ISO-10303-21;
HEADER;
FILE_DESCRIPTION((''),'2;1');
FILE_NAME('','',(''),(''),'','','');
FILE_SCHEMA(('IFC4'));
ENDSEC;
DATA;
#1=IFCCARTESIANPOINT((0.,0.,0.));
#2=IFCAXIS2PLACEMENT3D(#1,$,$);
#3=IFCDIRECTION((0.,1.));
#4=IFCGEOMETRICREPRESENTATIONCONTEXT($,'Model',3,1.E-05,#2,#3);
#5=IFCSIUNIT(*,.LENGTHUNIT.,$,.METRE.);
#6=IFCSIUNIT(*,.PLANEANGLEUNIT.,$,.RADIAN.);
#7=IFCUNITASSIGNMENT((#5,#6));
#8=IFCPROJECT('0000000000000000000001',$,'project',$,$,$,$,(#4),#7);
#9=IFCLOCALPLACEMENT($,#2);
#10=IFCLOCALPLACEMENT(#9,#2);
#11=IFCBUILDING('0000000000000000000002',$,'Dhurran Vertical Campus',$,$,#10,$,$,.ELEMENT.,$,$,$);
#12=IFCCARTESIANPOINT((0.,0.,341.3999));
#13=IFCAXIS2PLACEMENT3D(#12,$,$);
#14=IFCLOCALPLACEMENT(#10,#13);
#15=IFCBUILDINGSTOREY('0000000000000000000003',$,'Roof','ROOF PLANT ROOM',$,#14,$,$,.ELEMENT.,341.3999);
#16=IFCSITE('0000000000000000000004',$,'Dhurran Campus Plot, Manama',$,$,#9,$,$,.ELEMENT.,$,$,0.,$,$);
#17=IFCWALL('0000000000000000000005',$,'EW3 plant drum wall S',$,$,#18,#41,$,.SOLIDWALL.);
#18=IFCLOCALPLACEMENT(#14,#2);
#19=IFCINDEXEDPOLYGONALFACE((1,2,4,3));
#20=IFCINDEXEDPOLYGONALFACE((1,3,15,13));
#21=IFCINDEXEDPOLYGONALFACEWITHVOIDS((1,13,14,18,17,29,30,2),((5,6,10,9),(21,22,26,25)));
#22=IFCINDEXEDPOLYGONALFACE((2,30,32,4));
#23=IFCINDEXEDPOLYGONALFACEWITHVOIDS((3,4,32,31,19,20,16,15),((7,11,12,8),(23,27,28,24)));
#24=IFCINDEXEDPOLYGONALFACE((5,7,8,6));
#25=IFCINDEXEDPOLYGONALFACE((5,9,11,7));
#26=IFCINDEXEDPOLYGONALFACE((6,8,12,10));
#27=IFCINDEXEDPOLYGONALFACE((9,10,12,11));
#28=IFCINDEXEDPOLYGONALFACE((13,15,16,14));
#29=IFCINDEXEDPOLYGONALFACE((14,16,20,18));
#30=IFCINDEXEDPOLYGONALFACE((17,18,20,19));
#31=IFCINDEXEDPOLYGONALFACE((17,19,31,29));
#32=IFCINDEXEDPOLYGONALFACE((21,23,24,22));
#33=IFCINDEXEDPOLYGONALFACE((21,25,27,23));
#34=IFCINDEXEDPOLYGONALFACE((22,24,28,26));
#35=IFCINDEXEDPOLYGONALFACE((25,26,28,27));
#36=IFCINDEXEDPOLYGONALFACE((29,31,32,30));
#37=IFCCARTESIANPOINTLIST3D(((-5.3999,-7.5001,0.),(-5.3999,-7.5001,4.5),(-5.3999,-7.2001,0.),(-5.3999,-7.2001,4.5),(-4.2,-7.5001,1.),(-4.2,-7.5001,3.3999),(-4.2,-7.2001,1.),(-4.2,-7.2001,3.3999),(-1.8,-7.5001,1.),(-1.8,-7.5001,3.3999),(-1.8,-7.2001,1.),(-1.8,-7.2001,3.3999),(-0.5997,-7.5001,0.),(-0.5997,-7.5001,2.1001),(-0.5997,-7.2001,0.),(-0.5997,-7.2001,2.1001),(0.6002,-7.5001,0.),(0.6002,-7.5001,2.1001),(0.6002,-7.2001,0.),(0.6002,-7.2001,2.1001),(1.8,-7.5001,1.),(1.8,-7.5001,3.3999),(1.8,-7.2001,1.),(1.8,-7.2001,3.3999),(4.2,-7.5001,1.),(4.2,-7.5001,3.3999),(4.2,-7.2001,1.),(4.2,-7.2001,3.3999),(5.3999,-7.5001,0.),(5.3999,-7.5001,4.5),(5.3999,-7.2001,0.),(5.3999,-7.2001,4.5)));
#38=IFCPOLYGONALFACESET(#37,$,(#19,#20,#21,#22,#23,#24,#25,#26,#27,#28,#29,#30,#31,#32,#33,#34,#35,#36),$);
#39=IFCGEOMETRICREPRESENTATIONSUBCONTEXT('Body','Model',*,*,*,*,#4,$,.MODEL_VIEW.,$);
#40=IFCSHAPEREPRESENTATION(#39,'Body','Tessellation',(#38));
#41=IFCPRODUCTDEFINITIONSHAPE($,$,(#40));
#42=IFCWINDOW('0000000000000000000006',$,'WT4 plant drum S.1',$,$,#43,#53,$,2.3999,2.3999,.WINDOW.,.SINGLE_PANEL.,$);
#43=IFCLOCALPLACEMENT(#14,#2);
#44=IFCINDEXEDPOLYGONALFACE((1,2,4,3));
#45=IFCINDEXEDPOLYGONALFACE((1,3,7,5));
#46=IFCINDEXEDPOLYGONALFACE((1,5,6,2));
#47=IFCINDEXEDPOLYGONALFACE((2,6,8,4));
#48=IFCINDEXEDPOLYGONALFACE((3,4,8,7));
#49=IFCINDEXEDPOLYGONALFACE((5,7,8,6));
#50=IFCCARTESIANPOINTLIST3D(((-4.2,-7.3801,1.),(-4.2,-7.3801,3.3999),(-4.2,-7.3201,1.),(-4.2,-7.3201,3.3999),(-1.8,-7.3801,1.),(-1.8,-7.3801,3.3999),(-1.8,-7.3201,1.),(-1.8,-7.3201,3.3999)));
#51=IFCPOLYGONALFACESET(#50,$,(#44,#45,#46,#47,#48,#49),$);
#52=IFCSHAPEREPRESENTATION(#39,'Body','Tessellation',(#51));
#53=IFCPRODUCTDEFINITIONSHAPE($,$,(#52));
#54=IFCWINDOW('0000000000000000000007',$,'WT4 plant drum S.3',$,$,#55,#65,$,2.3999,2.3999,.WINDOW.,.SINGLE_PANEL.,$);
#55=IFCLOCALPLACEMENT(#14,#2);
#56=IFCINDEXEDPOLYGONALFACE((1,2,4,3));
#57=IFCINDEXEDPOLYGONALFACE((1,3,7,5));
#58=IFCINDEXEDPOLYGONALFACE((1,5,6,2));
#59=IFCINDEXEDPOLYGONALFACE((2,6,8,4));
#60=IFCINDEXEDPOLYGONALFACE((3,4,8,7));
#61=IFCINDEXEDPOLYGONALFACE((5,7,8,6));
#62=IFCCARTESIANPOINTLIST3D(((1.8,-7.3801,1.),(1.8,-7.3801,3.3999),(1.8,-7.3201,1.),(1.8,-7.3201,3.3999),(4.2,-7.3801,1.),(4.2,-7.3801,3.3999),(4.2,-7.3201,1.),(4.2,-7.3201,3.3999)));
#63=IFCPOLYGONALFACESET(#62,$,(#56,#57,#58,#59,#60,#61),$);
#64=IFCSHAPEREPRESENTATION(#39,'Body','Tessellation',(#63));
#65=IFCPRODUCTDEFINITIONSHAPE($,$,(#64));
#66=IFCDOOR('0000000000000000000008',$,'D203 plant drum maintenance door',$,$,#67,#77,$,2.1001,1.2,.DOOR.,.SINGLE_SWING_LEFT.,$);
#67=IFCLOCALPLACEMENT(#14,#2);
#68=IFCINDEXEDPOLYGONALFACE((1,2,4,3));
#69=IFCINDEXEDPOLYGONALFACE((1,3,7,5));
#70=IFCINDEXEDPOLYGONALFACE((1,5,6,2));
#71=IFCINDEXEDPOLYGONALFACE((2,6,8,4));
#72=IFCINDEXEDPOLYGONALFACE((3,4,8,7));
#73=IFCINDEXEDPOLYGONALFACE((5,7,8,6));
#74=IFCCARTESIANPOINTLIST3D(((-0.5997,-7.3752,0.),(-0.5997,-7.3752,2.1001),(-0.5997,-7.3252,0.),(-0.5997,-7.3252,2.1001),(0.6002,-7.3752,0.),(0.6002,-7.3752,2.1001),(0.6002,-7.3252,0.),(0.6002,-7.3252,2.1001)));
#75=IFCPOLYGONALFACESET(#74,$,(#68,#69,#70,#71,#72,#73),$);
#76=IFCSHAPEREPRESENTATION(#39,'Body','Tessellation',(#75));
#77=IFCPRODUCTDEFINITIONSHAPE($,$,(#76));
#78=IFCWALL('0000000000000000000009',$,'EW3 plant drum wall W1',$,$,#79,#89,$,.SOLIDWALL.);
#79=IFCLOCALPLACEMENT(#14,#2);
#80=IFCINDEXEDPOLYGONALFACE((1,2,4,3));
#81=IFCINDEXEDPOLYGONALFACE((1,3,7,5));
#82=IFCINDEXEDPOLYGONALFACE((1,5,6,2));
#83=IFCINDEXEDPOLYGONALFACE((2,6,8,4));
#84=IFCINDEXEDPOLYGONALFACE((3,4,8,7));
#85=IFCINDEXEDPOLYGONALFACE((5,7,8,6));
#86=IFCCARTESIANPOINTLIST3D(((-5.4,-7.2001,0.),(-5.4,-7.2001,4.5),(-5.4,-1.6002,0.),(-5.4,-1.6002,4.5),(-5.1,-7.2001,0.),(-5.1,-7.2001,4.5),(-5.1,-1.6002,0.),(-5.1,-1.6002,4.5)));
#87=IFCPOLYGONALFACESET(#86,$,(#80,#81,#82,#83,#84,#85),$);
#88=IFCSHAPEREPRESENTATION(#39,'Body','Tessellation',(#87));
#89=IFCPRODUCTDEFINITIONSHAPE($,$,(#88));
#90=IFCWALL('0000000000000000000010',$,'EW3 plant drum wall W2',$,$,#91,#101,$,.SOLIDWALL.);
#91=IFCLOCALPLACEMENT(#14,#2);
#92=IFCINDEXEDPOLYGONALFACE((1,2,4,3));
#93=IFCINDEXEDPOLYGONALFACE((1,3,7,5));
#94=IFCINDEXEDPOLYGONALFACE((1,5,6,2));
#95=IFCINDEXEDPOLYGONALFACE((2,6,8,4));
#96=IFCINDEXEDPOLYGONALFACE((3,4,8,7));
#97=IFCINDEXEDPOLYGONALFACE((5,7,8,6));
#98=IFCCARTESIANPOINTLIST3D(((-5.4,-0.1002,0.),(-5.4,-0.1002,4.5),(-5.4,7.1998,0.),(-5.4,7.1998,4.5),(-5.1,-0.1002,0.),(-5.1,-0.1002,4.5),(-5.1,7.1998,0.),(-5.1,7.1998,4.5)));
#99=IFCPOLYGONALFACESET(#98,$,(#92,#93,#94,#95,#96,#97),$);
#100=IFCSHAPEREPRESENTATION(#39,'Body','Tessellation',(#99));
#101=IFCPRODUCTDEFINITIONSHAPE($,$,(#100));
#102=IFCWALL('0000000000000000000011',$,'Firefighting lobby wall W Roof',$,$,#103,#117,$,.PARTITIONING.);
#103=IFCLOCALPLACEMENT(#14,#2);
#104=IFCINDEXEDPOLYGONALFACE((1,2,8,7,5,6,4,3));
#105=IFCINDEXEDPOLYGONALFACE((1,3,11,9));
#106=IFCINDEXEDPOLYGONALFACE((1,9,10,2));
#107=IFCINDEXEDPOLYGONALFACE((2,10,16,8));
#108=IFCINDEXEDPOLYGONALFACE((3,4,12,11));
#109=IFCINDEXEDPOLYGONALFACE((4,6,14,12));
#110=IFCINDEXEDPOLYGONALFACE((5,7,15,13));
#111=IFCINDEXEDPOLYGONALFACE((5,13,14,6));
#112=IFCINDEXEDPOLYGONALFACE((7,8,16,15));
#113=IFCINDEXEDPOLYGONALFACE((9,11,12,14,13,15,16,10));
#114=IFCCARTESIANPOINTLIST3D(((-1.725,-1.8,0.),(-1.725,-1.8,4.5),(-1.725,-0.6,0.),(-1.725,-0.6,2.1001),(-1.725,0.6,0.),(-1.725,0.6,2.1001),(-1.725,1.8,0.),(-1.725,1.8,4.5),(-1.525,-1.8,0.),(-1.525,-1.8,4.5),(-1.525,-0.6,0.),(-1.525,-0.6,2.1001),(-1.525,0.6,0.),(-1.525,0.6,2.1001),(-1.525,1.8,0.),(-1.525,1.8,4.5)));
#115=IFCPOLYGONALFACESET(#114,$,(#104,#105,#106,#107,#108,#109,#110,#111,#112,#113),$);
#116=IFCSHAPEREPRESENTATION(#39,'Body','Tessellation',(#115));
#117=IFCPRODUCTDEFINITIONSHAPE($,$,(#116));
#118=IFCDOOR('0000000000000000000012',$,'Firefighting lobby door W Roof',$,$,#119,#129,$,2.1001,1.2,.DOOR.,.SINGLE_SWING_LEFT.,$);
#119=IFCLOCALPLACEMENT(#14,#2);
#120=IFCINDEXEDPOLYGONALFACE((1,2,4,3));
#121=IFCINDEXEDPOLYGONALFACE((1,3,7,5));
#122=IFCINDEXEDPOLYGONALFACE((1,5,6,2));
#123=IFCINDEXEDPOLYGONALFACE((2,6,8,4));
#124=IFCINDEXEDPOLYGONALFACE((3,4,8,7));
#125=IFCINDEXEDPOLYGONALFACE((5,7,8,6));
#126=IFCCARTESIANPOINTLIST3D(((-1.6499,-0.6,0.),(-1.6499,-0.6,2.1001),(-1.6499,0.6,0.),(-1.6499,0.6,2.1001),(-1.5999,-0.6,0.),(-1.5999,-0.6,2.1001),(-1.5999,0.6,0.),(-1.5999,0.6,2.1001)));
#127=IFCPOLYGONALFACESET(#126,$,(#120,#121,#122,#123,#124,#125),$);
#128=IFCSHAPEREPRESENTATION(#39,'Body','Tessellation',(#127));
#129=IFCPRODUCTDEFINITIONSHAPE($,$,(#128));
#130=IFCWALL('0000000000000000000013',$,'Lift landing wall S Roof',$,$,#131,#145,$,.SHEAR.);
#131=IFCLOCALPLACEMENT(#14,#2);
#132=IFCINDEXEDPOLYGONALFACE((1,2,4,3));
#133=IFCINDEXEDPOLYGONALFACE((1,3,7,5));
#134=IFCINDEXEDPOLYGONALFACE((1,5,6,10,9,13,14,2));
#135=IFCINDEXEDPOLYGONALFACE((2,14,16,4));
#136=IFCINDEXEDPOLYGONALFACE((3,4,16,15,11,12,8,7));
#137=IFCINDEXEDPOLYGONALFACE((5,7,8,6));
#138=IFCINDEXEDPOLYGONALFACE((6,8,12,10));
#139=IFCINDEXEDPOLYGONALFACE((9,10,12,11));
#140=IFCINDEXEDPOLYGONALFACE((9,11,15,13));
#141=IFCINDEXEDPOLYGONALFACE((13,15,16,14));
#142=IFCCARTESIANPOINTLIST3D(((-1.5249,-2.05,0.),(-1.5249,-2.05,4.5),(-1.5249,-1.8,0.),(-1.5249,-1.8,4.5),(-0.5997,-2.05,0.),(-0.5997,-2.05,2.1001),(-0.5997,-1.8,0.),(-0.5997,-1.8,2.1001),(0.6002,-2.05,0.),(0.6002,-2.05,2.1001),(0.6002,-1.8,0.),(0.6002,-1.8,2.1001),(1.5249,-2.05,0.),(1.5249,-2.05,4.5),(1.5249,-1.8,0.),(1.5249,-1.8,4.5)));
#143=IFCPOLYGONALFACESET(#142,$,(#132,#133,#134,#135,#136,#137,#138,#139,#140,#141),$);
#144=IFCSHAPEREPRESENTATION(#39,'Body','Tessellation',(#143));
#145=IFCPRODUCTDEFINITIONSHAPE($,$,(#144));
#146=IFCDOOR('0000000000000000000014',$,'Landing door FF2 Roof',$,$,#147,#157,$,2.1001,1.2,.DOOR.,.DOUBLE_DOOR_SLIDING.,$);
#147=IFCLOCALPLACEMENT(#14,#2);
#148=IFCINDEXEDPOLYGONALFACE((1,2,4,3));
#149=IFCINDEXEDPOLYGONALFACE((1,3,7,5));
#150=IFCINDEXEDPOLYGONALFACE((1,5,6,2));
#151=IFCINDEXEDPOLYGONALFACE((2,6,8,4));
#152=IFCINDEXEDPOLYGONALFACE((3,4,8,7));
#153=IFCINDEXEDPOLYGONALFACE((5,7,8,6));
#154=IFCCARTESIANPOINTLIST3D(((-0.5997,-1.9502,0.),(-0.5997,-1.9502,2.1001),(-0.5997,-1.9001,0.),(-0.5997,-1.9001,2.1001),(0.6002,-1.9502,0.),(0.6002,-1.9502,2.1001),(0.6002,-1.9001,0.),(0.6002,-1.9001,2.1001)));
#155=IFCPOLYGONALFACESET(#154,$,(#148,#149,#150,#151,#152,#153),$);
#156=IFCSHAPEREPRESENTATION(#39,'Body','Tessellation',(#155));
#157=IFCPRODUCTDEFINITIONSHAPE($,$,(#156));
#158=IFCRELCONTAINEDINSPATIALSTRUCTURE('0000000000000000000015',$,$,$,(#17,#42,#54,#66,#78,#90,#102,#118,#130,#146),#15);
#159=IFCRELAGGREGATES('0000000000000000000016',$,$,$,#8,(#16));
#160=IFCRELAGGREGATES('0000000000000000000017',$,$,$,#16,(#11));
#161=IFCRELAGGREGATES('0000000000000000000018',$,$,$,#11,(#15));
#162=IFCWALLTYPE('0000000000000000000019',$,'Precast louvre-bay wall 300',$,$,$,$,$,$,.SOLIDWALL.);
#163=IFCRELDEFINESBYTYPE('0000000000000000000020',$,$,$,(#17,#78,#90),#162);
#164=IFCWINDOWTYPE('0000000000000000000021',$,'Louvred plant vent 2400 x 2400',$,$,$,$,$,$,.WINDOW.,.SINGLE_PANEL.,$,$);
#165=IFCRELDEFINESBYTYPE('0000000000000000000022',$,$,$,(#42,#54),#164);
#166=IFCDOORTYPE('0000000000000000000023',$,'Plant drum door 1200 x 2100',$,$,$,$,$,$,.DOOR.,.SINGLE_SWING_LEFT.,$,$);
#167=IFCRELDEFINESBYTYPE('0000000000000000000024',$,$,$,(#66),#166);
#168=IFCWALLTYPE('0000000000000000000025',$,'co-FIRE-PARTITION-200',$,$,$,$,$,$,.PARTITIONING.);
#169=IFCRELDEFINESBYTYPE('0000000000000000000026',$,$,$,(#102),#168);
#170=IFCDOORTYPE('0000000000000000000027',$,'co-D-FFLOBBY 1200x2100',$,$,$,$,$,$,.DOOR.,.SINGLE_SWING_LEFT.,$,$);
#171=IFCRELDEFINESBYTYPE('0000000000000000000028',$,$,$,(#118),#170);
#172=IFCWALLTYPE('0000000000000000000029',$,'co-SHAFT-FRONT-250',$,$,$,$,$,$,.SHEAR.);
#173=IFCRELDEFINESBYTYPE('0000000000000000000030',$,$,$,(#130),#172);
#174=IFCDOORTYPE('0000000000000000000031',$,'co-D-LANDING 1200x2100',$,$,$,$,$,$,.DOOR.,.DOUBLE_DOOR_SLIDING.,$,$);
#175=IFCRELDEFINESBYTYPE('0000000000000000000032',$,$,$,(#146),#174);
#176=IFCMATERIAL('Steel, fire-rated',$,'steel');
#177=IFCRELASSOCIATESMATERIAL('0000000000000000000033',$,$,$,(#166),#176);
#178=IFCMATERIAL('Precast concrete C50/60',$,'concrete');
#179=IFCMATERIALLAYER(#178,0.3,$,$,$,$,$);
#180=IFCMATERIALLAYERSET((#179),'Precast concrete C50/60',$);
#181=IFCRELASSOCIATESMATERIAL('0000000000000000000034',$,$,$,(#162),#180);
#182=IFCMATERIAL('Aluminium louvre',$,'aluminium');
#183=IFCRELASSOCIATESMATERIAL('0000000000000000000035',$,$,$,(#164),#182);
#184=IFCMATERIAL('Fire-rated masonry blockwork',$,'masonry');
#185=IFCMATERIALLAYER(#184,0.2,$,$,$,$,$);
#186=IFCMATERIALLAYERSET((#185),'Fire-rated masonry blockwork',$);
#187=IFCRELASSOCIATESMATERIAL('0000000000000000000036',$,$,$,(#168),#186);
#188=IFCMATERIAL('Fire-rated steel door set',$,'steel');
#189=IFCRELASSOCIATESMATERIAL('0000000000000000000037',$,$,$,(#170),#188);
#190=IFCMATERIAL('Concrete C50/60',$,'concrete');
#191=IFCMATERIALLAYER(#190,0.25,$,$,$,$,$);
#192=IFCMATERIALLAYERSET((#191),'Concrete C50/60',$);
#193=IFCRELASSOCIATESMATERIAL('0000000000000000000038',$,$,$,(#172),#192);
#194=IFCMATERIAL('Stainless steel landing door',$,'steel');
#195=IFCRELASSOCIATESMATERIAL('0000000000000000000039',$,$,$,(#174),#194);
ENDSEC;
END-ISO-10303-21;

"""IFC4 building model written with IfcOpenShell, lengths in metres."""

from ifc_helpers import new_model, si_unit, direction, frame, frame_2d, origin, place, context, subcontext, project, spatial, rectangle, extrude, material, layer, layer_set, type_object, element, fill, save


model = new_model("IFC4")

# Units and contexts
model_context = context("Model", 3, precision=1e-05, world=origin(), true_north=direction((0.0, 1.0)))
body_context = subcontext(model_context, "Body", "Model", "MODEL_VIEW")
ifc_project = project(units=[si_unit("LENGTHUNIT", "METRE"), si_unit("PLANEANGLEUNIT", "RADIAN")], contexts=[model_context])

# Site, building, storey
site_placement = place(None, origin())
site = spatial("IfcSite", under=ifc_project, at=site_placement, Name="Dhurran Campus Plot, Manama", CompositionType="ELEMENT", RefElevation=0.0)
building_placement = place(site_placement, origin())
building = spatial("IfcBuilding", under=site, at=building_placement, Name="Dhurran Vertical Campus", CompositionType="ELEMENT")
storey_placement = place(building_placement, frame((0.0, 0.0, 341.3999)))
storey = spatial("IfcBuildingStorey", under=building, at=storey_placement, Name="Roof", Description="ROOF PLANT ROOM", CompositionType="ELEMENT", Elevation=341.3999)

# Shared definitions
ifc_material_1 = material(Name="Steel, fire-rated", Category="steel")
door_type_1 = type_object("IfcDoorType", Name="Plant drum door 1200 x 2100", OperationType="SINGLE_SWING_LEFT", PredefinedType="DOOR", material=ifc_material_1)

# Wall, openings, windows, door
ifc_material_2 = material(Name="Precast concrete C50/60", Category="concrete")
ifc_layer_1 = layer(ifc_material_2, 0.3)
ifc_layer_set_1 = layer_set([ifc_layer_1], Name="Precast concrete C50/60")
wall_type_1 = type_object("IfcWallType", Name="Precast louvre-bay wall 300", PredefinedType="SOLIDWALL", material=ifc_layer_set_1)
wall_1_placement = place(storey_placement, frame((-5.3999, -7.3501, 0.0), z_axis=(0.0, 0.0, 1.0), x_axis=(1.0, 0.0, 0.0)))
wall_1 = element("IfcWall", 1, at=wall_1_placement, inside=storey, type_object=wall_type_1, Name="EW3 plant drum wall S", PredefinedType="SOLIDWALL", context=body_context, shape_type="SweptSolid", body=[
    extrude(rectangle(XDim=10.7998, YDim=0.3, at=frame_2d((5.3999, 0.0))), origin(), (0.0, 0.0, 1.0), 4.5),
])
opening_1_placement = place(wall_1_placement, frame((1.2, 0.0, 1.0)))
opening_1 = element("IfcOpeningElement", 2, at=opening_1_placement, cuts=wall_1, PredefinedType="OPENING", context=body_context, shape_type="SweptSolid", body=[
    extrude(rectangle(XDim=2.3999, YDim=2.3999, at=frame_2d((1.2, 1.2))), frame((0.0, 0.1599, 0.0), z_axis=(0.0, -1.0, 0.0), x_axis=(1.0, 0.0, 0.0)), (0.0, 0.0, 1.0), 0.3201),
])
opening_2_placement = place(wall_1_placement, frame((4.8, 0.0, 0.0)))
opening_2 = element("IfcOpeningElement", 3, at=opening_2_placement, cuts=wall_1, PredefinedType="OPENING", context=body_context, shape_type="SweptSolid", body=[
    extrude(rectangle(XDim=1.2, YDim=2.1001, at=frame_2d((0.6001, 1.05))), frame((0.0, 0.1599, 0.0), z_axis=(0.0, -1.0, 0.0), x_axis=(1.0, 0.0, 0.0)), (0.0, 0.0, 1.0), 0.3201),
])
opening_3_placement = place(wall_1_placement, frame((7.2, 0.0, 1.0)))
opening_3 = element("IfcOpeningElement", 4, at=opening_3_placement, cuts=wall_1, PredefinedType="OPENING", context=body_context, shape_type="SweptSolid", body=[
    extrude(rectangle(XDim=2.3999, YDim=2.3999, at=frame_2d((1.2, 1.2))), frame((0.0, 0.1599, 0.0), z_axis=(0.0, -1.0, 0.0), x_axis=(1.0, 0.0, 0.0)), (0.0, 0.0, 1.0), 0.3201),
])
ifc_material_3 = material(Name="Aluminium louvre", Category="aluminium")
window_type_1 = type_object("IfcWindowType", Name="Louvred plant vent 2400 x 2400", PartitioningType="SINGLE_PANEL", PredefinedType="WINDOW", material=ifc_material_3)
window_1_placement = place(opening_1_placement, origin())
window_1 = element("IfcWindow", 5, at=window_1_placement, inside=storey, type_object=window_type_1, Name="WT4 plant drum S.1", OverallHeight=2.3999, OverallWidth=2.3999, PartitioningType="SINGLE_PANEL", PredefinedType="WINDOW", context=body_context, shape_type="SweptSolid", body=[
    extrude(rectangle(XDim=2.3999, YDim=2.3999, at=frame_2d((1.2, 1.2))), frame((0.0, 0.03, 0.0), z_axis=(0.0, -1.0, 0.0), x_axis=(1.0, 0.0, 0.0)), (0.0, 0.0, 1.0), 0.0601),
])
fill(opening_1, window_1)
window_2_placement = place(opening_3_placement, origin())
window_2 = element("IfcWindow", 6, at=window_2_placement, inside=storey, type_object=window_type_1, Name="WT4 plant drum S.3", OverallHeight=2.3999, OverallWidth=2.3999, PartitioningType="SINGLE_PANEL", PredefinedType="WINDOW", context=body_context, shape_type="SweptSolid", body=[
    extrude(rectangle(XDim=2.3999, YDim=2.3999, at=frame_2d((1.2, 1.2))), frame((0.0, 0.03, 0.0), z_axis=(0.0, -1.0, 0.0), x_axis=(1.0, 0.0, 0.0)), (0.0, 0.0, 1.0), 0.0601),
])
fill(opening_3, window_2)
door_1_placement = place(opening_2_placement, origin())
door_1 = element("IfcDoor", 7, at=door_1_placement, inside=storey, type_object=door_type_1, Name="D203 plant drum maintenance door", OperationType="SINGLE_SWING_LEFT", OverallHeight=2.1001, OverallWidth=1.2, PredefinedType="DOOR", context=body_context, shape_type="SweptSolid", body=[
    extrude(rectangle(XDim=1.2, YDim=2.1001, at=frame_2d((0.6001, 1.05))), frame((0.0, 0.0249, 0.0), z_axis=(0.0, -1.0, 0.0), x_axis=(1.0, 0.0, 0.0)), (0.0, 0.0, 1.0), 0.05),
])
fill(opening_2, door_1)

# Walls
wall_2_placement = place(storey_placement, frame((-5.25, -7.2, 0.0), z_axis=(0.0, 0.0, 1.0), x_axis=(0.0, 1.0, 0.0)))
element("IfcWall", 8, at=wall_2_placement, inside=storey, type_object=wall_type_1, Name="EW3 plant drum wall W1", PredefinedType="SOLIDWALL", context=body_context, shape_type="SweptSolid", body=[
    extrude(rectangle(XDim=5.5999, YDim=0.3, at=frame_2d((2.7998, 0.0))), origin(), (0.0, 0.0, 1.0), 4.5),
])
wall_3_placement = place(storey_placement, frame((-5.25, -0.1001, 0.0), z_axis=(0.0, 0.0, 1.0), x_axis=(0.0, 1.0, 0.0)))
element("IfcWall", 9, at=wall_3_placement, inside=storey, type_object=wall_type_1, Name="EW3 plant drum wall W2", PredefinedType="SOLIDWALL", context=body_context, shape_type="SweptSolid", body=[
    extrude(rectangle(XDim=7.3, YDim=0.3, at=frame_2d((3.6499, 0.0))), origin(), (0.0, 0.0, 1.0), 4.5),
])

# Walls, openings, doors
ifc_material_4 = material(Name="Fire-rated masonry blockwork", Category="masonry")
ifc_layer_2 = layer(ifc_material_4, 0.2)
ifc_layer_set_2 = layer_set([ifc_layer_2], Name="Fire-rated masonry blockwork")
wall_type_2 = type_object("IfcWallType", Name="co-FIRE-PARTITION-200", PredefinedType="PARTITIONING", material=ifc_layer_set_2)
wall_4_placement = place(storey_placement, frame((-1.625, -1.8, 0.0), z_axis=(0.0, 0.0, 1.0), x_axis=(0.0, 1.0, 0.0)))
wall_4 = element("IfcWall", 10, at=wall_4_placement, inside=storey, type_object=wall_type_2, Name="Firefighting lobby wall W Roof", PredefinedType="PARTITIONING", context=body_context, shape_type="SweptSolid", body=[
    extrude(rectangle(XDim=3.6001, YDim=0.2, at=frame_2d((1.8, 0.0))), origin(), (0.0, 0.0, 1.0), 4.5),
])
opening_4_placement = place(wall_4_placement, frame((1.2, 0.0, 0.0)))
opening_4 = element("IfcOpeningElement", 11, at=opening_4_placement, cuts=wall_4, PredefinedType="OPENING", context=body_context, shape_type="SweptSolid", body=[
    extrude(rectangle(XDim=1.2, YDim=2.1001, at=frame_2d((0.6001, 1.05))), frame((0.0, 0.1099, 0.0), z_axis=(0.0, -1.0, 0.0), x_axis=(1.0, 0.0, 0.0)), (0.0, 0.0, 1.0), 0.22),
])
ifc_material_5 = material(Name="Fire-rated steel door set", Category="steel")
door_type_2 = type_object("IfcDoorType", Name="co-D-FFLOBBY 1200x2100", OperationType="SINGLE_SWING_LEFT", PredefinedType="DOOR", material=ifc_material_5)
door_2_placement = place(opening_4_placement, origin())
door_2 = element("IfcDoor", 12, at=door_2_placement, inside=storey, type_object=door_type_2, Name="Firefighting lobby door W Roof", OperationType="SINGLE_SWING_LEFT", OverallHeight=2.1001, OverallWidth=1.2, PredefinedType="DOOR", context=body_context, shape_type="SweptSolid", body=[
    extrude(rectangle(XDim=1.2, YDim=2.1001, at=frame_2d((0.6001, 1.05))), frame((0.0, 0.0249, 0.0), z_axis=(0.0, -1.0, 0.0), x_axis=(1.0, 0.0, 0.0)), (0.0, 0.0, 1.0), 0.05),
])
fill(opening_4, door_2)
ifc_material_6 = material(Name="Concrete C50/60", Category="concrete")
ifc_layer_3 = layer(ifc_material_6, 0.25)
ifc_layer_set_3 = layer_set([ifc_layer_3], Name="Concrete C50/60")
wall_type_3 = type_object("IfcWallType", Name="co-SHAFT-FRONT-250", PredefinedType="SHEAR", material=ifc_layer_set_3)
wall_5_placement = place(storey_placement, frame((-1.5249, -1.925, 0.0), z_axis=(0.0, 0.0, 1.0), x_axis=(1.0, 0.0, 0.0)))
wall_5 = element("IfcWall", 13, at=wall_5_placement, inside=storey, type_object=wall_type_3, Name="Lift landing wall S Roof", PredefinedType="SHEAR", context=body_context, shape_type="SweptSolid", body=[
    extrude(rectangle(XDim=3.0498, YDim=0.25, at=frame_2d((1.5249, 0.0))), origin(), (0.0, 0.0, 1.0), 4.5),
])
opening_5_placement = place(wall_5_placement, frame((0.925, 0.0, 0.0)))
opening_5 = element("IfcOpeningElement", 14, at=opening_5_placement, cuts=wall_5, PredefinedType="OPENING", context=body_context, shape_type="SweptSolid", body=[
    extrude(rectangle(XDim=1.2, YDim=2.1001, at=frame_2d((0.6001, 1.05))), frame((0.0, 0.135, 0.0), z_axis=(0.0, -1.0, 0.0), x_axis=(1.0, 0.0, 0.0)), (0.0, 0.0, 1.0), 0.27),
])
ifc_material_7 = material(Name="Stainless steel landing door", Category="steel")
door_type_3 = type_object("IfcDoorType", Name="co-D-LANDING 1200x2100", OperationType="DOUBLE_DOOR_SLIDING", PredefinedType="DOOR", material=ifc_material_7)
door_3_placement = place(opening_5_placement, origin())
door_3 = element("IfcDoor", 15, at=door_3_placement, inside=storey, type_object=door_type_3, Name="Landing door FF2 Roof", OperationType="DOUBLE_DOOR_SLIDING", OverallHeight=2.1001, OverallWidth=1.2, PredefinedType="DOOR", context=body_context, shape_type="SweptSolid", body=[
    extrude(rectangle(XDim=1.2, YDim=2.1001, at=frame_2d((0.6001, 1.05))), frame((0.0, 0.0249, 0.0), z_axis=(0.0, -1.0, 0.0), x_axis=(1.0, 0.0, 0.0)), (0.0, 0.0, 1.0), 0.05),
])
fill(opening_5, door_3)

save(model, "model.ifc")
